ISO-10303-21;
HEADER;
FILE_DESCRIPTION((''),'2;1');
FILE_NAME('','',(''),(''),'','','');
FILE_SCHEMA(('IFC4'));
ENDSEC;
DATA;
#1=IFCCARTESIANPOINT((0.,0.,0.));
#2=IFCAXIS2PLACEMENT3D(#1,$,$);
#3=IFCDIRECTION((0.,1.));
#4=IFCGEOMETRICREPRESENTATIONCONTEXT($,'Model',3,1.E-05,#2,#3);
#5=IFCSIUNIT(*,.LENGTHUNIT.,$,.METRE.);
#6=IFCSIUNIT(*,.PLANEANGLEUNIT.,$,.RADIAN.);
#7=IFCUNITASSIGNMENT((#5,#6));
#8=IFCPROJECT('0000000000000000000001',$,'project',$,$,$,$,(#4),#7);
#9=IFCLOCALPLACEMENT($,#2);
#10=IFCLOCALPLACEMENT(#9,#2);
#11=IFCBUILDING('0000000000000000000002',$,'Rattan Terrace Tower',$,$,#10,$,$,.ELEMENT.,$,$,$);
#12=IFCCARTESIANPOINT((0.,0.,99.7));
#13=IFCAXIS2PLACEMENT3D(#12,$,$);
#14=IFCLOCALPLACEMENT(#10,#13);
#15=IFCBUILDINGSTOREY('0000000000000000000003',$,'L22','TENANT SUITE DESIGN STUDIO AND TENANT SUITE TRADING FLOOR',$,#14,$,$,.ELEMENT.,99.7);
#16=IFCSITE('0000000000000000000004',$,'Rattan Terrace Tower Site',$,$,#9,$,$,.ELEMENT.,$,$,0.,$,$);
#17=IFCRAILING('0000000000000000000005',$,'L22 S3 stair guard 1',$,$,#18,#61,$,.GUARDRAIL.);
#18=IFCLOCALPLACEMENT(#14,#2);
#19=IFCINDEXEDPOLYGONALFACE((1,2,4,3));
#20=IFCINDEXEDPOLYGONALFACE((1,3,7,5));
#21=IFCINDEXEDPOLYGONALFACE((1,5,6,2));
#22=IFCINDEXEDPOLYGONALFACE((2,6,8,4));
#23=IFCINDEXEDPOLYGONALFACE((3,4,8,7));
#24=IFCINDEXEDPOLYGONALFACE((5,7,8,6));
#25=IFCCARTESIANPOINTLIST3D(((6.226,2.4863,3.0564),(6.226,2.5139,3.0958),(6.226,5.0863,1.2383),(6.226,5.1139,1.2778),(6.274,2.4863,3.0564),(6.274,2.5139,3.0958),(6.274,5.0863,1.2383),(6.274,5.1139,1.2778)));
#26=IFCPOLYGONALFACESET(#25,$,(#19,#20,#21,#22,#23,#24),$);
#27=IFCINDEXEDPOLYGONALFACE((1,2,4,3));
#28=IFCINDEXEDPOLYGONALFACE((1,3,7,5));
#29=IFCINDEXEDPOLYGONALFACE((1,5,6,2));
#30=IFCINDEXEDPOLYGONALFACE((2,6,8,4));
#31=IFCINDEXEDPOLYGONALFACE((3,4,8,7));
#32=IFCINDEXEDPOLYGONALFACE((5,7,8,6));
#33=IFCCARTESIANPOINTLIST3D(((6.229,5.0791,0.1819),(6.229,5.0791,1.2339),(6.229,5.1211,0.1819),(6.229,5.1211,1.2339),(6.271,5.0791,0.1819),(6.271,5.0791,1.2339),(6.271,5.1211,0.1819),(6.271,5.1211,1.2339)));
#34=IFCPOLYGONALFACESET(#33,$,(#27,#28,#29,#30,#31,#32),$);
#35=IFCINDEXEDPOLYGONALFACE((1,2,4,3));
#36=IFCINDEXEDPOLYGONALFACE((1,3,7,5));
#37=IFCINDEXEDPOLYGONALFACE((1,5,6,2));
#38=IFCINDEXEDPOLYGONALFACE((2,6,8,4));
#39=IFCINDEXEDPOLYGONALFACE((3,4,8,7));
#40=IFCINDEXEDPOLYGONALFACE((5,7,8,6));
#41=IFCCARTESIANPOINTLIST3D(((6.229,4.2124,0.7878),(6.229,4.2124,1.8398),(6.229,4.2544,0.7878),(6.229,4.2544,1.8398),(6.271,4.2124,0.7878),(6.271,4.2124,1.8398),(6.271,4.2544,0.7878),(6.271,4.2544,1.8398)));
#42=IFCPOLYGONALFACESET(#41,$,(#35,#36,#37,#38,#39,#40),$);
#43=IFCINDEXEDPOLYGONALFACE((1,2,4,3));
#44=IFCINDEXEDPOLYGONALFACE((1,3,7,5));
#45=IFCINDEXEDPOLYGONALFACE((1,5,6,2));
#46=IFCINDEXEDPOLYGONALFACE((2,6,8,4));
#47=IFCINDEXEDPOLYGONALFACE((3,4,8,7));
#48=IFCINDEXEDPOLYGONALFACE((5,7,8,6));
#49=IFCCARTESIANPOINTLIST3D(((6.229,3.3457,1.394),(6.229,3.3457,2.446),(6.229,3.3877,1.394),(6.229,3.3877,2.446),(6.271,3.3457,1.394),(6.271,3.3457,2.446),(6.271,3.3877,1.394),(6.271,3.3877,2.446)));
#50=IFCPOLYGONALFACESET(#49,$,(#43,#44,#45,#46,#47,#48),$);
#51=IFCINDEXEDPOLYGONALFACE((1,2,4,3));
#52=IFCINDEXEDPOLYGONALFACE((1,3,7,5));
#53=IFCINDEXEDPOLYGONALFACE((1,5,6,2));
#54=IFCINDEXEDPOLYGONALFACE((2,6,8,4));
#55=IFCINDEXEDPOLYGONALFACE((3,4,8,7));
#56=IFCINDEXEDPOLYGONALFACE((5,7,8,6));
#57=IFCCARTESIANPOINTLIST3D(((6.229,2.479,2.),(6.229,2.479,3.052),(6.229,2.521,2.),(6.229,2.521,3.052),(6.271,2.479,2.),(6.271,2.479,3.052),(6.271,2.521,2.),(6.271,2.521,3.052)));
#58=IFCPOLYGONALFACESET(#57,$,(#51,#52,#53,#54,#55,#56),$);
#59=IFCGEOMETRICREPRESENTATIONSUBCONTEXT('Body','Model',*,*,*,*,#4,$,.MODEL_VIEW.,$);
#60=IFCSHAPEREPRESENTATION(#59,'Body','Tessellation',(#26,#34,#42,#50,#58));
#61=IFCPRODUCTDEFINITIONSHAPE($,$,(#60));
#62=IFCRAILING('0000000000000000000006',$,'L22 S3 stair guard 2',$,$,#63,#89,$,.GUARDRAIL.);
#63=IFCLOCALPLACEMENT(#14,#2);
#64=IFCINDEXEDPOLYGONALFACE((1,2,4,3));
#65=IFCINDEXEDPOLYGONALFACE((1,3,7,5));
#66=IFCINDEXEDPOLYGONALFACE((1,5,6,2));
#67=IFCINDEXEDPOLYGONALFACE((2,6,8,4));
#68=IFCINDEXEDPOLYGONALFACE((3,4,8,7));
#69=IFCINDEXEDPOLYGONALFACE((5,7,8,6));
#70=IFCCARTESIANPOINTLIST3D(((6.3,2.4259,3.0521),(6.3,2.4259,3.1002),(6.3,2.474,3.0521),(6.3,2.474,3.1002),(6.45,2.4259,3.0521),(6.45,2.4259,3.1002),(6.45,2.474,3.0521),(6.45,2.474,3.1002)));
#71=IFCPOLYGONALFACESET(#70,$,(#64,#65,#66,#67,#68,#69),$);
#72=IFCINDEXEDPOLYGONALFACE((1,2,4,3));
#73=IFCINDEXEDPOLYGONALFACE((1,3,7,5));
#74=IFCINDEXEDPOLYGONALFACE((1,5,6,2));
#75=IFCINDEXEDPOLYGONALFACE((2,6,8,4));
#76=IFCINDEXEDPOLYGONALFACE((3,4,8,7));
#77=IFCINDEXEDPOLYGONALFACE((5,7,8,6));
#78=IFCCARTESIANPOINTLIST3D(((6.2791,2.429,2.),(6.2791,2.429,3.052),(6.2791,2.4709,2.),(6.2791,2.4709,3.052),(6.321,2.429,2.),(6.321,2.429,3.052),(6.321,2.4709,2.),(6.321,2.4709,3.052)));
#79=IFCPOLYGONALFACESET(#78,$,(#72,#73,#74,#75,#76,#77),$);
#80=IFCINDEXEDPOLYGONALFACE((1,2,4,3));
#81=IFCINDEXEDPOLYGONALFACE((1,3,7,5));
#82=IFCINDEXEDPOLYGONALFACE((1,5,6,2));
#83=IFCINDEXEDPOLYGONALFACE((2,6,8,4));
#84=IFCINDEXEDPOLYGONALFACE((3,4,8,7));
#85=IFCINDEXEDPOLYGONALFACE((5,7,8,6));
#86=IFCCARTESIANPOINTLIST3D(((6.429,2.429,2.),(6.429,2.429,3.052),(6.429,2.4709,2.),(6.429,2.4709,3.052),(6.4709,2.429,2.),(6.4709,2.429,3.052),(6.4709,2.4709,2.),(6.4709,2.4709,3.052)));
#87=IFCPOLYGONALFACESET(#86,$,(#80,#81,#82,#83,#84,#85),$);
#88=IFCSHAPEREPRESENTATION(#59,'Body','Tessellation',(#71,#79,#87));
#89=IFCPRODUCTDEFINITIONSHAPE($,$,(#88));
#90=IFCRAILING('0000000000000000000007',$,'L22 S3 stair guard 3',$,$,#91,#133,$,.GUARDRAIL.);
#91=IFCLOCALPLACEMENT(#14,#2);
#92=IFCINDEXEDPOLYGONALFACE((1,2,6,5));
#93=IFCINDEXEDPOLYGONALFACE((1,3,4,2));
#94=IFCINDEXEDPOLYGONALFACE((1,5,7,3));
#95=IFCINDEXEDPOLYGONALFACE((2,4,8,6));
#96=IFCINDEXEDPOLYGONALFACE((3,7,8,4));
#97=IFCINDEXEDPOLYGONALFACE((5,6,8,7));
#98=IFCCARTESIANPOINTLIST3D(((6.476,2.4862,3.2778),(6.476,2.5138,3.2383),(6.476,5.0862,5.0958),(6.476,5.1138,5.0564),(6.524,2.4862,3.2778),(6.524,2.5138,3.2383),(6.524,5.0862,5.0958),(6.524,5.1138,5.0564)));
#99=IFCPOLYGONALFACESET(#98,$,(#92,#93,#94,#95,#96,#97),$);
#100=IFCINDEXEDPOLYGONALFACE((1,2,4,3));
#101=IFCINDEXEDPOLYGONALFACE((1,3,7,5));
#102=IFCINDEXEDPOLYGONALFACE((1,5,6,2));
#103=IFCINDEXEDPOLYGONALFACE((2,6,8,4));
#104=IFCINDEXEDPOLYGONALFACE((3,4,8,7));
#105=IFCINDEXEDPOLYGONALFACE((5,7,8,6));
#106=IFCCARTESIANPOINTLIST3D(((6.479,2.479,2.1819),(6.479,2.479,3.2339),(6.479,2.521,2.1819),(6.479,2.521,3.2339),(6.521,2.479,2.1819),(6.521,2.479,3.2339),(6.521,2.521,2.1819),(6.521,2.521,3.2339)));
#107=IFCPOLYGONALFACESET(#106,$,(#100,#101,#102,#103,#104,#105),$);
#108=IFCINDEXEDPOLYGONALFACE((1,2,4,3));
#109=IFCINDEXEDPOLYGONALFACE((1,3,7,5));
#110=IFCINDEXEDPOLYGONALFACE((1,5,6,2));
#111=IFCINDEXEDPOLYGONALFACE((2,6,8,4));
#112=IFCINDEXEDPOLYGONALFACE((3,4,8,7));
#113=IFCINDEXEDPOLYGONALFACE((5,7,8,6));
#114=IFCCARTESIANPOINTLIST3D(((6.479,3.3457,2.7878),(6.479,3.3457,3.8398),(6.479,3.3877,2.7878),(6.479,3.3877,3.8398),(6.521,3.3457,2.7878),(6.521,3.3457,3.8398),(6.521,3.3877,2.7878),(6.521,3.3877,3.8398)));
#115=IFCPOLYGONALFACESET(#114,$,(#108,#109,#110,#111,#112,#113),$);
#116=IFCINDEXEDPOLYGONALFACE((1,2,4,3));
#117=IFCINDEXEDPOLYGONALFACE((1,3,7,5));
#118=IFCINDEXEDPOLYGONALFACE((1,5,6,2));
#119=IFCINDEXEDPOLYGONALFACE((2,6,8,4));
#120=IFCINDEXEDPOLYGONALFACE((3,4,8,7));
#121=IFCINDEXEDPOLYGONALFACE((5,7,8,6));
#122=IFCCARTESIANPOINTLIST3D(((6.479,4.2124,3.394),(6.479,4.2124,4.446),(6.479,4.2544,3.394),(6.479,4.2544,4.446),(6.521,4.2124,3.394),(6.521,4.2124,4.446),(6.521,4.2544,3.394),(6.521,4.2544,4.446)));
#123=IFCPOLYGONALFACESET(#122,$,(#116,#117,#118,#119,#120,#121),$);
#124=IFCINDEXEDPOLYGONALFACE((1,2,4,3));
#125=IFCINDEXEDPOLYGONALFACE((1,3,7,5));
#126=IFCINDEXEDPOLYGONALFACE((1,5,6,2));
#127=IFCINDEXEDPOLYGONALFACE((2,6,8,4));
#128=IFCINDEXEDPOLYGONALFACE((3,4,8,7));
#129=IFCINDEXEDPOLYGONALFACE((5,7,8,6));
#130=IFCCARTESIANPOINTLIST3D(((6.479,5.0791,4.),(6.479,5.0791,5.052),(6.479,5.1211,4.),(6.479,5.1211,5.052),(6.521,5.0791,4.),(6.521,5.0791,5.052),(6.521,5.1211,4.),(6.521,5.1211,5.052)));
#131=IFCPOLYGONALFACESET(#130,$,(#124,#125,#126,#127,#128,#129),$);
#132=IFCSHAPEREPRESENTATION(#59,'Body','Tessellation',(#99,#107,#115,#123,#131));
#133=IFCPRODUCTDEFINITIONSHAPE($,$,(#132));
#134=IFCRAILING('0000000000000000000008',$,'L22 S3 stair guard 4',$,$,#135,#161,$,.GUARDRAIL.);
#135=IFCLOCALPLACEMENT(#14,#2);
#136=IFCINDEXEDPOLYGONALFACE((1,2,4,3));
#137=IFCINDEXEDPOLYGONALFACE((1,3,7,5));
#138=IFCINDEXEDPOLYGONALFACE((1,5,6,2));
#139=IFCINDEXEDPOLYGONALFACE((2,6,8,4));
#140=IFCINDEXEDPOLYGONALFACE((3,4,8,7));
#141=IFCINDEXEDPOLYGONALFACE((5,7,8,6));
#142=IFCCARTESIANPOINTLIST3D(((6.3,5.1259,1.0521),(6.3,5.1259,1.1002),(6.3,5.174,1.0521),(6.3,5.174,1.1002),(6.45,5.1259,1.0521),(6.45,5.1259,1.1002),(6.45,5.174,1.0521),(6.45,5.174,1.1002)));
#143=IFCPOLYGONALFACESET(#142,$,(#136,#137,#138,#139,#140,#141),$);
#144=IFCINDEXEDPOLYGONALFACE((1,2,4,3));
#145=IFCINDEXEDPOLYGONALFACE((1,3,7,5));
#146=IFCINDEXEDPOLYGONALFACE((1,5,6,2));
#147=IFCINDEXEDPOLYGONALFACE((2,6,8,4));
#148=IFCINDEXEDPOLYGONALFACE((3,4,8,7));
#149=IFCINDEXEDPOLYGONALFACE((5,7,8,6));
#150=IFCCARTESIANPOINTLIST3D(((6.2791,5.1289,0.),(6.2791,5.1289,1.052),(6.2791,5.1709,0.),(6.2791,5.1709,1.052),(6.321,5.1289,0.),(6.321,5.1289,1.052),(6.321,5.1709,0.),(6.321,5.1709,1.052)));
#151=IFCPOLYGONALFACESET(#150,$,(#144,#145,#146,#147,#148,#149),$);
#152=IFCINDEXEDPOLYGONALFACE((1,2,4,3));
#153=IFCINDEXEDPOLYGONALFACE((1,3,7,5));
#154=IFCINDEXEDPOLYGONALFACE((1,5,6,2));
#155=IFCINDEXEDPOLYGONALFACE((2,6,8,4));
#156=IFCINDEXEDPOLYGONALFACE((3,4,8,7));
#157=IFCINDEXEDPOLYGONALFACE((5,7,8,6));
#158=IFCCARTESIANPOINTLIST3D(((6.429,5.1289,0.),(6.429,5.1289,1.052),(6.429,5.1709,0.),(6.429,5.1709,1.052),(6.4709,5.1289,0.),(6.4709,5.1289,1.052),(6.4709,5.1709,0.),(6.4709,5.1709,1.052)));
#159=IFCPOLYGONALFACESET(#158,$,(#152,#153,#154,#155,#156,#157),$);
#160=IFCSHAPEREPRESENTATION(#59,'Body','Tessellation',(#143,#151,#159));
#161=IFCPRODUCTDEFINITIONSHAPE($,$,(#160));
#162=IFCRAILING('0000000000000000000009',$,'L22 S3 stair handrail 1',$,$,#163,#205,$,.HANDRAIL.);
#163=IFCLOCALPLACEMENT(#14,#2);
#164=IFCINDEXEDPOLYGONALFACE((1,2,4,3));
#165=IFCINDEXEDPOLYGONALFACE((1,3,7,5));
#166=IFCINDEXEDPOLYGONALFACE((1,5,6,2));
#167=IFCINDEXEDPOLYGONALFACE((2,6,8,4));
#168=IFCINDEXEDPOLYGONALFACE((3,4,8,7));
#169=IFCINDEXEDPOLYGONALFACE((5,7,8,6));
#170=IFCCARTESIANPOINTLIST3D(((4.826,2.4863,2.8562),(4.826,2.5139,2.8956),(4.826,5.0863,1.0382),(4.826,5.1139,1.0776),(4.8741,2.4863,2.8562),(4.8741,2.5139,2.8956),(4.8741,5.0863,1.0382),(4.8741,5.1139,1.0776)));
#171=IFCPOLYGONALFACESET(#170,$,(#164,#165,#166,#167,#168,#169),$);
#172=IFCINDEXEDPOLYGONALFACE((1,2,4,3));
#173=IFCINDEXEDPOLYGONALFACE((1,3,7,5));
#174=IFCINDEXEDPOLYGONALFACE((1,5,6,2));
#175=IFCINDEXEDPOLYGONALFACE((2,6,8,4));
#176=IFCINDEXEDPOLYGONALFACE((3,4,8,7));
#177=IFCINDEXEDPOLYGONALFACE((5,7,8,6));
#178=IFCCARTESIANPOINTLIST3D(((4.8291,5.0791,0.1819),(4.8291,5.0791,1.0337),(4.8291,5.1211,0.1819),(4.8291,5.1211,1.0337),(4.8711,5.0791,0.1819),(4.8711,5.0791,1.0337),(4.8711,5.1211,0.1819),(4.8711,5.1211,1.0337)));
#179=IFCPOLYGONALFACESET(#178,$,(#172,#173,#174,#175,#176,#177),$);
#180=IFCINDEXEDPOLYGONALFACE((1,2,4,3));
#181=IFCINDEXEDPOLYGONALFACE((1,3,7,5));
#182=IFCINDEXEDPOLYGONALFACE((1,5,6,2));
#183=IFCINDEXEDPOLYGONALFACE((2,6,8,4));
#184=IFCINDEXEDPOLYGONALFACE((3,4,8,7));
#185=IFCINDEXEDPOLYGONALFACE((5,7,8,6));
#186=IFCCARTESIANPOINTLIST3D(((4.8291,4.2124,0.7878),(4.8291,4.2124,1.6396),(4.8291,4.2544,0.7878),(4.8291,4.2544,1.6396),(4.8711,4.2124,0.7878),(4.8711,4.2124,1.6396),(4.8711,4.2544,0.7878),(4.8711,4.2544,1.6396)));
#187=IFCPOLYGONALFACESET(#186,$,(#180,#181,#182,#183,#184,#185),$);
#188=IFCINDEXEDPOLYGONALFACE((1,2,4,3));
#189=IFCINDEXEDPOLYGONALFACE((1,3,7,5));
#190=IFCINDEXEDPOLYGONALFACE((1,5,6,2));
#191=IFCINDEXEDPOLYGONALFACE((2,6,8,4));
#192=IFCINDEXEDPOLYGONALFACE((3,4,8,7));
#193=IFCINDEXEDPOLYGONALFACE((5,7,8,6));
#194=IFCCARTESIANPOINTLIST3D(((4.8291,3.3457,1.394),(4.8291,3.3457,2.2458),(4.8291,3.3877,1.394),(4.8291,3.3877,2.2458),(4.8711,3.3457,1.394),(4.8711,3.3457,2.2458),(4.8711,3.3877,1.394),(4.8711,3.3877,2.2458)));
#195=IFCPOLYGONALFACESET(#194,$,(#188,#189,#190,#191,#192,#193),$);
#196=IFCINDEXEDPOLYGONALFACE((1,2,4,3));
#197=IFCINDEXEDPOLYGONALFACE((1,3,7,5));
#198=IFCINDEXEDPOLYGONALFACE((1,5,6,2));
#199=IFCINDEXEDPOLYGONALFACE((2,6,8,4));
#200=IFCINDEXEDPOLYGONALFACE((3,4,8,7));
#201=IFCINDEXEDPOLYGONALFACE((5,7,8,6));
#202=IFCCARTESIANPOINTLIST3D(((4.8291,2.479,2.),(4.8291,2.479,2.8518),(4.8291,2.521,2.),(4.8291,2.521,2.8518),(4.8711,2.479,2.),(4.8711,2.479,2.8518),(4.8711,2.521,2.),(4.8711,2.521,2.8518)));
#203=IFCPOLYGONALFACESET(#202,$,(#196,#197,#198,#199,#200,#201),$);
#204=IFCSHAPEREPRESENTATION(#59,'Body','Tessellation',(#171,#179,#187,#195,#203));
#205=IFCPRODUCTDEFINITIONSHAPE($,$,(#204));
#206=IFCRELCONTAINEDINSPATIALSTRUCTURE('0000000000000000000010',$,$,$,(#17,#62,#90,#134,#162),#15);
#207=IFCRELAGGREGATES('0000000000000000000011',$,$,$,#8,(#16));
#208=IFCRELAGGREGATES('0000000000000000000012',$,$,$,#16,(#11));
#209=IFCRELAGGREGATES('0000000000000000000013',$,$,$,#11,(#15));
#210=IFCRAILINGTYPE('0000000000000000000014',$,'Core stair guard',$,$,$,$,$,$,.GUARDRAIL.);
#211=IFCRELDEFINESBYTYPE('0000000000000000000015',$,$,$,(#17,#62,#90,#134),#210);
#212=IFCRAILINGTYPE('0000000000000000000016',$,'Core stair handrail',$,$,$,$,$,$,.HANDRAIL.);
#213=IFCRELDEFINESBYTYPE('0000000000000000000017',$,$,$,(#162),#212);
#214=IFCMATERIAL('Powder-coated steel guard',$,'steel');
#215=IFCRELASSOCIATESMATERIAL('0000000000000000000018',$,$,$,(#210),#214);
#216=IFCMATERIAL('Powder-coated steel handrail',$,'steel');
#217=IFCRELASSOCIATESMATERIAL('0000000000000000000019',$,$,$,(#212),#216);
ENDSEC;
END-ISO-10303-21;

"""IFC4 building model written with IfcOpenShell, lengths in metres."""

from ifc_helpers import new_model, si_unit, direction, frame, origin, origin_2d, place, context, subcontext, project, spatial, rectangle, extrude, material, type_object, element, save


model = new_model("IFC4")

# Units and contexts
model_context = context("Model", 3, precision=1e-05, world=origin(), true_north=direction((0.0, 1.0)))
body_context = subcontext(model_context, "Body", "Model", "MODEL_VIEW")
ifc_project = project(units=[si_unit("LENGTHUNIT", "METRE"), si_unit("PLANEANGLEUNIT", "RADIAN")], contexts=[model_context])

# Site, building, storey
site_placement = place(None, origin())
site = spatial("IfcSite", under=ifc_project, at=site_placement, Name="Rattan Terrace Tower Site", CompositionType="ELEMENT", RefElevation=0.0)
building_placement = place(site_placement, origin())
building = spatial("IfcBuilding", under=site, at=building_placement, Name="Rattan Terrace Tower", CompositionType="ELEMENT")
storey_placement = place(building_placement, frame((0.0, 0.0, 99.7)))
storey = spatial("IfcBuildingStorey", under=building, at=storey_placement, Name="L22", Description="TENANT SUITE DESIGN STUDIO AND TENANT SUITE TRADING FLOOR", CompositionType="ELEMENT", Elevation=99.7)

# Railings
ifc_material_1 = material(Name="Powder-coated steel guard", Category="steel")
railing_type_1 = type_object("IfcRailingType", Name="Core stair guard", PredefinedType="GUARDRAIL", material=ifc_material_1)
railing_1_placement = place(storey_placement, frame((6.25, 5.1001, 0.1819)))
element("IfcRailing", 1, at=railing_1_placement, inside=storey, type_object=railing_type_1, Name="L22 S3 stair guard 1", PredefinedType="GUARDRAIL", context=body_context, shape_type="SweptSolid", body=[
    extrude(rectangle(XDim=0.0481, YDim=0.0481, at=origin_2d()), frame((0.0, 0.0, 1.0762), z_axis=(0.0, -0.819521, 0.573049), x_axis=(1.0, 0.0, 0.0)), (0.0, 0.0, 1.0), 3.1726),
    extrude(rectangle(XDim=0.042, YDim=0.042, at=origin_2d()), origin(), (0.0, 0.0, 1.0), 1.052),
    extrude(rectangle(XDim=0.042, YDim=0.042, at=origin_2d()), frame((0.0, -0.8667, 0.606)), (0.0, 0.0, 1.0), 1.052),
    extrude(rectangle(XDim=0.042, YDim=0.042, at=origin_2d()), frame((0.0, -1.7334, 1.2122)), (0.0, 0.0, 1.0), 1.052),
    extrude(rectangle(XDim=0.042, YDim=0.042, at=origin_2d()), frame((0.0, -2.6001, 1.8181)), (0.0, 0.0, 1.0), 1.052),
])
railing_2_placement = place(storey_placement, frame((6.3, 2.45, 2.0)))
element("IfcRailing", 2, at=railing_2_placement, inside=storey, type_object=railing_type_1, Name="L22 S3 stair guard 2", PredefinedType="GUARDRAIL", context=body_context, shape_type="SweptSolid", body=[
    extrude(rectangle(XDim=0.0481, YDim=0.0481, at=origin_2d()), frame((0.0, 0.0, 1.0762), z_axis=(1.0, 0.0, 0.0), x_axis=(0.0, 1.0, 0.0)), (0.0, 0.0, 1.0), 0.1499),
    extrude(rectangle(XDim=0.042, YDim=0.042, at=origin_2d()), origin(), (0.0, 0.0, 1.0), 1.052),
    extrude(rectangle(XDim=0.042, YDim=0.042, at=origin_2d()), frame((0.1499, 0.0, 0.0)), (0.0, 0.0, 1.0), 1.052),
])
railing_3_placement = place(storey_placement, frame((6.5, 2.5, 2.1819)))
element("IfcRailing", 3, at=railing_3_placement, inside=storey, type_object=railing_type_1, Name="L22 S3 stair guard 3", PredefinedType="GUARDRAIL", context=body_context, shape_type="SweptSolid", body=[
    extrude(rectangle(XDim=0.0481, YDim=0.0481, at=origin_2d()), frame((0.0, 0.0, 1.0762), z_axis=(0.0, 0.819521, 0.573049), x_axis=(-1.0, 0.0, 0.0)), (0.0, 0.0, 1.0), 3.1726),
    extrude(rectangle(XDim=0.042, YDim=0.042, at=origin_2d()), origin(), (0.0, 0.0, 1.0), 1.052),
    extrude(rectangle(XDim=0.042, YDim=0.042, at=origin_2d()), frame((0.0, 0.8667, 0.606)), (0.0, 0.0, 1.0), 1.052),
    extrude(rectangle(XDim=0.042, YDim=0.042, at=origin_2d()), frame((0.0, 1.7334, 1.2122)), (0.0, 0.0, 1.0), 1.052),
    extrude(rectangle(XDim=0.042, YDim=0.042, at=origin_2d()), frame((0.0, 2.6001, 1.8181)), (0.0, 0.0, 1.0), 1.052),
])
railing_4_placement = place(storey_placement, frame((6.3, 5.1499, 0.0)))
element("IfcRailing", 4, at=railing_4_placement, inside=storey, type_object=railing_type_1, Name="L22 S3 stair guard 4", PredefinedType="GUARDRAIL", context=body_context, shape_type="SweptSolid", body=[
    extrude(rectangle(XDim=0.0481, YDim=0.0481, at=origin_2d()), frame((0.0, 0.0, 1.0762), z_axis=(1.0, 0.0, 0.0), x_axis=(0.0, 1.0, 0.0)), (0.0, 0.0, 1.0), 0.1499),
    extrude(rectangle(XDim=0.042, YDim=0.042, at=origin_2d()), origin(), (0.0, 0.0, 1.0), 1.052),
    extrude(rectangle(XDim=0.042, YDim=0.042, at=origin_2d()), frame((0.1499, 0.0, 0.0)), (0.0, 0.0, 1.0), 1.052),
])
ifc_material_2 = material(Name="Powder-coated steel handrail", Category="steel")
railing_type_2 = type_object("IfcRailingType", Name="Core stair handrail", PredefinedType="HANDRAIL", material=ifc_material_2)
railing_5_placement = place(storey_placement, frame((4.8501, 5.1001, 0.1819)))
element("IfcRailing", 5, at=railing_5_placement, inside=storey, type_object=railing_type_2, Name="L22 S3 stair handrail 1", PredefinedType="HANDRAIL", context=body_context, shape_type="SweptSolid", body=[
    extrude(rectangle(XDim=0.0481, YDim=0.0481, at=origin_2d()), frame((0.0, 0.0, 0.876), z_axis=(0.0, -0.819521, 0.573049), x_axis=(1.0, 0.0, 0.0)), (0.0, 0.0, 1.0), 3.1726),
    extrude(rectangle(XDim=0.042, YDim=0.042, at=origin_2d()), origin(), (0.0, 0.0, 1.0), 0.8518),
    extrude(rectangle(XDim=0.042, YDim=0.042, at=origin_2d()), frame((0.0, -0.8667, 0.606)), (0.0, 0.0, 1.0), 0.8518),
    extrude(rectangle(XDim=0.042, YDim=0.042, at=origin_2d()), frame((0.0, -1.7334, 1.2122)), (0.0, 0.0, 1.0), 0.8518),
    extrude(rectangle(XDim=0.042, YDim=0.042, at=origin_2d()), frame((0.0, -2.6001, 1.8181)), (0.0, 0.0, 1.0), 0.8518),
])

save(model, "model.ifc")
